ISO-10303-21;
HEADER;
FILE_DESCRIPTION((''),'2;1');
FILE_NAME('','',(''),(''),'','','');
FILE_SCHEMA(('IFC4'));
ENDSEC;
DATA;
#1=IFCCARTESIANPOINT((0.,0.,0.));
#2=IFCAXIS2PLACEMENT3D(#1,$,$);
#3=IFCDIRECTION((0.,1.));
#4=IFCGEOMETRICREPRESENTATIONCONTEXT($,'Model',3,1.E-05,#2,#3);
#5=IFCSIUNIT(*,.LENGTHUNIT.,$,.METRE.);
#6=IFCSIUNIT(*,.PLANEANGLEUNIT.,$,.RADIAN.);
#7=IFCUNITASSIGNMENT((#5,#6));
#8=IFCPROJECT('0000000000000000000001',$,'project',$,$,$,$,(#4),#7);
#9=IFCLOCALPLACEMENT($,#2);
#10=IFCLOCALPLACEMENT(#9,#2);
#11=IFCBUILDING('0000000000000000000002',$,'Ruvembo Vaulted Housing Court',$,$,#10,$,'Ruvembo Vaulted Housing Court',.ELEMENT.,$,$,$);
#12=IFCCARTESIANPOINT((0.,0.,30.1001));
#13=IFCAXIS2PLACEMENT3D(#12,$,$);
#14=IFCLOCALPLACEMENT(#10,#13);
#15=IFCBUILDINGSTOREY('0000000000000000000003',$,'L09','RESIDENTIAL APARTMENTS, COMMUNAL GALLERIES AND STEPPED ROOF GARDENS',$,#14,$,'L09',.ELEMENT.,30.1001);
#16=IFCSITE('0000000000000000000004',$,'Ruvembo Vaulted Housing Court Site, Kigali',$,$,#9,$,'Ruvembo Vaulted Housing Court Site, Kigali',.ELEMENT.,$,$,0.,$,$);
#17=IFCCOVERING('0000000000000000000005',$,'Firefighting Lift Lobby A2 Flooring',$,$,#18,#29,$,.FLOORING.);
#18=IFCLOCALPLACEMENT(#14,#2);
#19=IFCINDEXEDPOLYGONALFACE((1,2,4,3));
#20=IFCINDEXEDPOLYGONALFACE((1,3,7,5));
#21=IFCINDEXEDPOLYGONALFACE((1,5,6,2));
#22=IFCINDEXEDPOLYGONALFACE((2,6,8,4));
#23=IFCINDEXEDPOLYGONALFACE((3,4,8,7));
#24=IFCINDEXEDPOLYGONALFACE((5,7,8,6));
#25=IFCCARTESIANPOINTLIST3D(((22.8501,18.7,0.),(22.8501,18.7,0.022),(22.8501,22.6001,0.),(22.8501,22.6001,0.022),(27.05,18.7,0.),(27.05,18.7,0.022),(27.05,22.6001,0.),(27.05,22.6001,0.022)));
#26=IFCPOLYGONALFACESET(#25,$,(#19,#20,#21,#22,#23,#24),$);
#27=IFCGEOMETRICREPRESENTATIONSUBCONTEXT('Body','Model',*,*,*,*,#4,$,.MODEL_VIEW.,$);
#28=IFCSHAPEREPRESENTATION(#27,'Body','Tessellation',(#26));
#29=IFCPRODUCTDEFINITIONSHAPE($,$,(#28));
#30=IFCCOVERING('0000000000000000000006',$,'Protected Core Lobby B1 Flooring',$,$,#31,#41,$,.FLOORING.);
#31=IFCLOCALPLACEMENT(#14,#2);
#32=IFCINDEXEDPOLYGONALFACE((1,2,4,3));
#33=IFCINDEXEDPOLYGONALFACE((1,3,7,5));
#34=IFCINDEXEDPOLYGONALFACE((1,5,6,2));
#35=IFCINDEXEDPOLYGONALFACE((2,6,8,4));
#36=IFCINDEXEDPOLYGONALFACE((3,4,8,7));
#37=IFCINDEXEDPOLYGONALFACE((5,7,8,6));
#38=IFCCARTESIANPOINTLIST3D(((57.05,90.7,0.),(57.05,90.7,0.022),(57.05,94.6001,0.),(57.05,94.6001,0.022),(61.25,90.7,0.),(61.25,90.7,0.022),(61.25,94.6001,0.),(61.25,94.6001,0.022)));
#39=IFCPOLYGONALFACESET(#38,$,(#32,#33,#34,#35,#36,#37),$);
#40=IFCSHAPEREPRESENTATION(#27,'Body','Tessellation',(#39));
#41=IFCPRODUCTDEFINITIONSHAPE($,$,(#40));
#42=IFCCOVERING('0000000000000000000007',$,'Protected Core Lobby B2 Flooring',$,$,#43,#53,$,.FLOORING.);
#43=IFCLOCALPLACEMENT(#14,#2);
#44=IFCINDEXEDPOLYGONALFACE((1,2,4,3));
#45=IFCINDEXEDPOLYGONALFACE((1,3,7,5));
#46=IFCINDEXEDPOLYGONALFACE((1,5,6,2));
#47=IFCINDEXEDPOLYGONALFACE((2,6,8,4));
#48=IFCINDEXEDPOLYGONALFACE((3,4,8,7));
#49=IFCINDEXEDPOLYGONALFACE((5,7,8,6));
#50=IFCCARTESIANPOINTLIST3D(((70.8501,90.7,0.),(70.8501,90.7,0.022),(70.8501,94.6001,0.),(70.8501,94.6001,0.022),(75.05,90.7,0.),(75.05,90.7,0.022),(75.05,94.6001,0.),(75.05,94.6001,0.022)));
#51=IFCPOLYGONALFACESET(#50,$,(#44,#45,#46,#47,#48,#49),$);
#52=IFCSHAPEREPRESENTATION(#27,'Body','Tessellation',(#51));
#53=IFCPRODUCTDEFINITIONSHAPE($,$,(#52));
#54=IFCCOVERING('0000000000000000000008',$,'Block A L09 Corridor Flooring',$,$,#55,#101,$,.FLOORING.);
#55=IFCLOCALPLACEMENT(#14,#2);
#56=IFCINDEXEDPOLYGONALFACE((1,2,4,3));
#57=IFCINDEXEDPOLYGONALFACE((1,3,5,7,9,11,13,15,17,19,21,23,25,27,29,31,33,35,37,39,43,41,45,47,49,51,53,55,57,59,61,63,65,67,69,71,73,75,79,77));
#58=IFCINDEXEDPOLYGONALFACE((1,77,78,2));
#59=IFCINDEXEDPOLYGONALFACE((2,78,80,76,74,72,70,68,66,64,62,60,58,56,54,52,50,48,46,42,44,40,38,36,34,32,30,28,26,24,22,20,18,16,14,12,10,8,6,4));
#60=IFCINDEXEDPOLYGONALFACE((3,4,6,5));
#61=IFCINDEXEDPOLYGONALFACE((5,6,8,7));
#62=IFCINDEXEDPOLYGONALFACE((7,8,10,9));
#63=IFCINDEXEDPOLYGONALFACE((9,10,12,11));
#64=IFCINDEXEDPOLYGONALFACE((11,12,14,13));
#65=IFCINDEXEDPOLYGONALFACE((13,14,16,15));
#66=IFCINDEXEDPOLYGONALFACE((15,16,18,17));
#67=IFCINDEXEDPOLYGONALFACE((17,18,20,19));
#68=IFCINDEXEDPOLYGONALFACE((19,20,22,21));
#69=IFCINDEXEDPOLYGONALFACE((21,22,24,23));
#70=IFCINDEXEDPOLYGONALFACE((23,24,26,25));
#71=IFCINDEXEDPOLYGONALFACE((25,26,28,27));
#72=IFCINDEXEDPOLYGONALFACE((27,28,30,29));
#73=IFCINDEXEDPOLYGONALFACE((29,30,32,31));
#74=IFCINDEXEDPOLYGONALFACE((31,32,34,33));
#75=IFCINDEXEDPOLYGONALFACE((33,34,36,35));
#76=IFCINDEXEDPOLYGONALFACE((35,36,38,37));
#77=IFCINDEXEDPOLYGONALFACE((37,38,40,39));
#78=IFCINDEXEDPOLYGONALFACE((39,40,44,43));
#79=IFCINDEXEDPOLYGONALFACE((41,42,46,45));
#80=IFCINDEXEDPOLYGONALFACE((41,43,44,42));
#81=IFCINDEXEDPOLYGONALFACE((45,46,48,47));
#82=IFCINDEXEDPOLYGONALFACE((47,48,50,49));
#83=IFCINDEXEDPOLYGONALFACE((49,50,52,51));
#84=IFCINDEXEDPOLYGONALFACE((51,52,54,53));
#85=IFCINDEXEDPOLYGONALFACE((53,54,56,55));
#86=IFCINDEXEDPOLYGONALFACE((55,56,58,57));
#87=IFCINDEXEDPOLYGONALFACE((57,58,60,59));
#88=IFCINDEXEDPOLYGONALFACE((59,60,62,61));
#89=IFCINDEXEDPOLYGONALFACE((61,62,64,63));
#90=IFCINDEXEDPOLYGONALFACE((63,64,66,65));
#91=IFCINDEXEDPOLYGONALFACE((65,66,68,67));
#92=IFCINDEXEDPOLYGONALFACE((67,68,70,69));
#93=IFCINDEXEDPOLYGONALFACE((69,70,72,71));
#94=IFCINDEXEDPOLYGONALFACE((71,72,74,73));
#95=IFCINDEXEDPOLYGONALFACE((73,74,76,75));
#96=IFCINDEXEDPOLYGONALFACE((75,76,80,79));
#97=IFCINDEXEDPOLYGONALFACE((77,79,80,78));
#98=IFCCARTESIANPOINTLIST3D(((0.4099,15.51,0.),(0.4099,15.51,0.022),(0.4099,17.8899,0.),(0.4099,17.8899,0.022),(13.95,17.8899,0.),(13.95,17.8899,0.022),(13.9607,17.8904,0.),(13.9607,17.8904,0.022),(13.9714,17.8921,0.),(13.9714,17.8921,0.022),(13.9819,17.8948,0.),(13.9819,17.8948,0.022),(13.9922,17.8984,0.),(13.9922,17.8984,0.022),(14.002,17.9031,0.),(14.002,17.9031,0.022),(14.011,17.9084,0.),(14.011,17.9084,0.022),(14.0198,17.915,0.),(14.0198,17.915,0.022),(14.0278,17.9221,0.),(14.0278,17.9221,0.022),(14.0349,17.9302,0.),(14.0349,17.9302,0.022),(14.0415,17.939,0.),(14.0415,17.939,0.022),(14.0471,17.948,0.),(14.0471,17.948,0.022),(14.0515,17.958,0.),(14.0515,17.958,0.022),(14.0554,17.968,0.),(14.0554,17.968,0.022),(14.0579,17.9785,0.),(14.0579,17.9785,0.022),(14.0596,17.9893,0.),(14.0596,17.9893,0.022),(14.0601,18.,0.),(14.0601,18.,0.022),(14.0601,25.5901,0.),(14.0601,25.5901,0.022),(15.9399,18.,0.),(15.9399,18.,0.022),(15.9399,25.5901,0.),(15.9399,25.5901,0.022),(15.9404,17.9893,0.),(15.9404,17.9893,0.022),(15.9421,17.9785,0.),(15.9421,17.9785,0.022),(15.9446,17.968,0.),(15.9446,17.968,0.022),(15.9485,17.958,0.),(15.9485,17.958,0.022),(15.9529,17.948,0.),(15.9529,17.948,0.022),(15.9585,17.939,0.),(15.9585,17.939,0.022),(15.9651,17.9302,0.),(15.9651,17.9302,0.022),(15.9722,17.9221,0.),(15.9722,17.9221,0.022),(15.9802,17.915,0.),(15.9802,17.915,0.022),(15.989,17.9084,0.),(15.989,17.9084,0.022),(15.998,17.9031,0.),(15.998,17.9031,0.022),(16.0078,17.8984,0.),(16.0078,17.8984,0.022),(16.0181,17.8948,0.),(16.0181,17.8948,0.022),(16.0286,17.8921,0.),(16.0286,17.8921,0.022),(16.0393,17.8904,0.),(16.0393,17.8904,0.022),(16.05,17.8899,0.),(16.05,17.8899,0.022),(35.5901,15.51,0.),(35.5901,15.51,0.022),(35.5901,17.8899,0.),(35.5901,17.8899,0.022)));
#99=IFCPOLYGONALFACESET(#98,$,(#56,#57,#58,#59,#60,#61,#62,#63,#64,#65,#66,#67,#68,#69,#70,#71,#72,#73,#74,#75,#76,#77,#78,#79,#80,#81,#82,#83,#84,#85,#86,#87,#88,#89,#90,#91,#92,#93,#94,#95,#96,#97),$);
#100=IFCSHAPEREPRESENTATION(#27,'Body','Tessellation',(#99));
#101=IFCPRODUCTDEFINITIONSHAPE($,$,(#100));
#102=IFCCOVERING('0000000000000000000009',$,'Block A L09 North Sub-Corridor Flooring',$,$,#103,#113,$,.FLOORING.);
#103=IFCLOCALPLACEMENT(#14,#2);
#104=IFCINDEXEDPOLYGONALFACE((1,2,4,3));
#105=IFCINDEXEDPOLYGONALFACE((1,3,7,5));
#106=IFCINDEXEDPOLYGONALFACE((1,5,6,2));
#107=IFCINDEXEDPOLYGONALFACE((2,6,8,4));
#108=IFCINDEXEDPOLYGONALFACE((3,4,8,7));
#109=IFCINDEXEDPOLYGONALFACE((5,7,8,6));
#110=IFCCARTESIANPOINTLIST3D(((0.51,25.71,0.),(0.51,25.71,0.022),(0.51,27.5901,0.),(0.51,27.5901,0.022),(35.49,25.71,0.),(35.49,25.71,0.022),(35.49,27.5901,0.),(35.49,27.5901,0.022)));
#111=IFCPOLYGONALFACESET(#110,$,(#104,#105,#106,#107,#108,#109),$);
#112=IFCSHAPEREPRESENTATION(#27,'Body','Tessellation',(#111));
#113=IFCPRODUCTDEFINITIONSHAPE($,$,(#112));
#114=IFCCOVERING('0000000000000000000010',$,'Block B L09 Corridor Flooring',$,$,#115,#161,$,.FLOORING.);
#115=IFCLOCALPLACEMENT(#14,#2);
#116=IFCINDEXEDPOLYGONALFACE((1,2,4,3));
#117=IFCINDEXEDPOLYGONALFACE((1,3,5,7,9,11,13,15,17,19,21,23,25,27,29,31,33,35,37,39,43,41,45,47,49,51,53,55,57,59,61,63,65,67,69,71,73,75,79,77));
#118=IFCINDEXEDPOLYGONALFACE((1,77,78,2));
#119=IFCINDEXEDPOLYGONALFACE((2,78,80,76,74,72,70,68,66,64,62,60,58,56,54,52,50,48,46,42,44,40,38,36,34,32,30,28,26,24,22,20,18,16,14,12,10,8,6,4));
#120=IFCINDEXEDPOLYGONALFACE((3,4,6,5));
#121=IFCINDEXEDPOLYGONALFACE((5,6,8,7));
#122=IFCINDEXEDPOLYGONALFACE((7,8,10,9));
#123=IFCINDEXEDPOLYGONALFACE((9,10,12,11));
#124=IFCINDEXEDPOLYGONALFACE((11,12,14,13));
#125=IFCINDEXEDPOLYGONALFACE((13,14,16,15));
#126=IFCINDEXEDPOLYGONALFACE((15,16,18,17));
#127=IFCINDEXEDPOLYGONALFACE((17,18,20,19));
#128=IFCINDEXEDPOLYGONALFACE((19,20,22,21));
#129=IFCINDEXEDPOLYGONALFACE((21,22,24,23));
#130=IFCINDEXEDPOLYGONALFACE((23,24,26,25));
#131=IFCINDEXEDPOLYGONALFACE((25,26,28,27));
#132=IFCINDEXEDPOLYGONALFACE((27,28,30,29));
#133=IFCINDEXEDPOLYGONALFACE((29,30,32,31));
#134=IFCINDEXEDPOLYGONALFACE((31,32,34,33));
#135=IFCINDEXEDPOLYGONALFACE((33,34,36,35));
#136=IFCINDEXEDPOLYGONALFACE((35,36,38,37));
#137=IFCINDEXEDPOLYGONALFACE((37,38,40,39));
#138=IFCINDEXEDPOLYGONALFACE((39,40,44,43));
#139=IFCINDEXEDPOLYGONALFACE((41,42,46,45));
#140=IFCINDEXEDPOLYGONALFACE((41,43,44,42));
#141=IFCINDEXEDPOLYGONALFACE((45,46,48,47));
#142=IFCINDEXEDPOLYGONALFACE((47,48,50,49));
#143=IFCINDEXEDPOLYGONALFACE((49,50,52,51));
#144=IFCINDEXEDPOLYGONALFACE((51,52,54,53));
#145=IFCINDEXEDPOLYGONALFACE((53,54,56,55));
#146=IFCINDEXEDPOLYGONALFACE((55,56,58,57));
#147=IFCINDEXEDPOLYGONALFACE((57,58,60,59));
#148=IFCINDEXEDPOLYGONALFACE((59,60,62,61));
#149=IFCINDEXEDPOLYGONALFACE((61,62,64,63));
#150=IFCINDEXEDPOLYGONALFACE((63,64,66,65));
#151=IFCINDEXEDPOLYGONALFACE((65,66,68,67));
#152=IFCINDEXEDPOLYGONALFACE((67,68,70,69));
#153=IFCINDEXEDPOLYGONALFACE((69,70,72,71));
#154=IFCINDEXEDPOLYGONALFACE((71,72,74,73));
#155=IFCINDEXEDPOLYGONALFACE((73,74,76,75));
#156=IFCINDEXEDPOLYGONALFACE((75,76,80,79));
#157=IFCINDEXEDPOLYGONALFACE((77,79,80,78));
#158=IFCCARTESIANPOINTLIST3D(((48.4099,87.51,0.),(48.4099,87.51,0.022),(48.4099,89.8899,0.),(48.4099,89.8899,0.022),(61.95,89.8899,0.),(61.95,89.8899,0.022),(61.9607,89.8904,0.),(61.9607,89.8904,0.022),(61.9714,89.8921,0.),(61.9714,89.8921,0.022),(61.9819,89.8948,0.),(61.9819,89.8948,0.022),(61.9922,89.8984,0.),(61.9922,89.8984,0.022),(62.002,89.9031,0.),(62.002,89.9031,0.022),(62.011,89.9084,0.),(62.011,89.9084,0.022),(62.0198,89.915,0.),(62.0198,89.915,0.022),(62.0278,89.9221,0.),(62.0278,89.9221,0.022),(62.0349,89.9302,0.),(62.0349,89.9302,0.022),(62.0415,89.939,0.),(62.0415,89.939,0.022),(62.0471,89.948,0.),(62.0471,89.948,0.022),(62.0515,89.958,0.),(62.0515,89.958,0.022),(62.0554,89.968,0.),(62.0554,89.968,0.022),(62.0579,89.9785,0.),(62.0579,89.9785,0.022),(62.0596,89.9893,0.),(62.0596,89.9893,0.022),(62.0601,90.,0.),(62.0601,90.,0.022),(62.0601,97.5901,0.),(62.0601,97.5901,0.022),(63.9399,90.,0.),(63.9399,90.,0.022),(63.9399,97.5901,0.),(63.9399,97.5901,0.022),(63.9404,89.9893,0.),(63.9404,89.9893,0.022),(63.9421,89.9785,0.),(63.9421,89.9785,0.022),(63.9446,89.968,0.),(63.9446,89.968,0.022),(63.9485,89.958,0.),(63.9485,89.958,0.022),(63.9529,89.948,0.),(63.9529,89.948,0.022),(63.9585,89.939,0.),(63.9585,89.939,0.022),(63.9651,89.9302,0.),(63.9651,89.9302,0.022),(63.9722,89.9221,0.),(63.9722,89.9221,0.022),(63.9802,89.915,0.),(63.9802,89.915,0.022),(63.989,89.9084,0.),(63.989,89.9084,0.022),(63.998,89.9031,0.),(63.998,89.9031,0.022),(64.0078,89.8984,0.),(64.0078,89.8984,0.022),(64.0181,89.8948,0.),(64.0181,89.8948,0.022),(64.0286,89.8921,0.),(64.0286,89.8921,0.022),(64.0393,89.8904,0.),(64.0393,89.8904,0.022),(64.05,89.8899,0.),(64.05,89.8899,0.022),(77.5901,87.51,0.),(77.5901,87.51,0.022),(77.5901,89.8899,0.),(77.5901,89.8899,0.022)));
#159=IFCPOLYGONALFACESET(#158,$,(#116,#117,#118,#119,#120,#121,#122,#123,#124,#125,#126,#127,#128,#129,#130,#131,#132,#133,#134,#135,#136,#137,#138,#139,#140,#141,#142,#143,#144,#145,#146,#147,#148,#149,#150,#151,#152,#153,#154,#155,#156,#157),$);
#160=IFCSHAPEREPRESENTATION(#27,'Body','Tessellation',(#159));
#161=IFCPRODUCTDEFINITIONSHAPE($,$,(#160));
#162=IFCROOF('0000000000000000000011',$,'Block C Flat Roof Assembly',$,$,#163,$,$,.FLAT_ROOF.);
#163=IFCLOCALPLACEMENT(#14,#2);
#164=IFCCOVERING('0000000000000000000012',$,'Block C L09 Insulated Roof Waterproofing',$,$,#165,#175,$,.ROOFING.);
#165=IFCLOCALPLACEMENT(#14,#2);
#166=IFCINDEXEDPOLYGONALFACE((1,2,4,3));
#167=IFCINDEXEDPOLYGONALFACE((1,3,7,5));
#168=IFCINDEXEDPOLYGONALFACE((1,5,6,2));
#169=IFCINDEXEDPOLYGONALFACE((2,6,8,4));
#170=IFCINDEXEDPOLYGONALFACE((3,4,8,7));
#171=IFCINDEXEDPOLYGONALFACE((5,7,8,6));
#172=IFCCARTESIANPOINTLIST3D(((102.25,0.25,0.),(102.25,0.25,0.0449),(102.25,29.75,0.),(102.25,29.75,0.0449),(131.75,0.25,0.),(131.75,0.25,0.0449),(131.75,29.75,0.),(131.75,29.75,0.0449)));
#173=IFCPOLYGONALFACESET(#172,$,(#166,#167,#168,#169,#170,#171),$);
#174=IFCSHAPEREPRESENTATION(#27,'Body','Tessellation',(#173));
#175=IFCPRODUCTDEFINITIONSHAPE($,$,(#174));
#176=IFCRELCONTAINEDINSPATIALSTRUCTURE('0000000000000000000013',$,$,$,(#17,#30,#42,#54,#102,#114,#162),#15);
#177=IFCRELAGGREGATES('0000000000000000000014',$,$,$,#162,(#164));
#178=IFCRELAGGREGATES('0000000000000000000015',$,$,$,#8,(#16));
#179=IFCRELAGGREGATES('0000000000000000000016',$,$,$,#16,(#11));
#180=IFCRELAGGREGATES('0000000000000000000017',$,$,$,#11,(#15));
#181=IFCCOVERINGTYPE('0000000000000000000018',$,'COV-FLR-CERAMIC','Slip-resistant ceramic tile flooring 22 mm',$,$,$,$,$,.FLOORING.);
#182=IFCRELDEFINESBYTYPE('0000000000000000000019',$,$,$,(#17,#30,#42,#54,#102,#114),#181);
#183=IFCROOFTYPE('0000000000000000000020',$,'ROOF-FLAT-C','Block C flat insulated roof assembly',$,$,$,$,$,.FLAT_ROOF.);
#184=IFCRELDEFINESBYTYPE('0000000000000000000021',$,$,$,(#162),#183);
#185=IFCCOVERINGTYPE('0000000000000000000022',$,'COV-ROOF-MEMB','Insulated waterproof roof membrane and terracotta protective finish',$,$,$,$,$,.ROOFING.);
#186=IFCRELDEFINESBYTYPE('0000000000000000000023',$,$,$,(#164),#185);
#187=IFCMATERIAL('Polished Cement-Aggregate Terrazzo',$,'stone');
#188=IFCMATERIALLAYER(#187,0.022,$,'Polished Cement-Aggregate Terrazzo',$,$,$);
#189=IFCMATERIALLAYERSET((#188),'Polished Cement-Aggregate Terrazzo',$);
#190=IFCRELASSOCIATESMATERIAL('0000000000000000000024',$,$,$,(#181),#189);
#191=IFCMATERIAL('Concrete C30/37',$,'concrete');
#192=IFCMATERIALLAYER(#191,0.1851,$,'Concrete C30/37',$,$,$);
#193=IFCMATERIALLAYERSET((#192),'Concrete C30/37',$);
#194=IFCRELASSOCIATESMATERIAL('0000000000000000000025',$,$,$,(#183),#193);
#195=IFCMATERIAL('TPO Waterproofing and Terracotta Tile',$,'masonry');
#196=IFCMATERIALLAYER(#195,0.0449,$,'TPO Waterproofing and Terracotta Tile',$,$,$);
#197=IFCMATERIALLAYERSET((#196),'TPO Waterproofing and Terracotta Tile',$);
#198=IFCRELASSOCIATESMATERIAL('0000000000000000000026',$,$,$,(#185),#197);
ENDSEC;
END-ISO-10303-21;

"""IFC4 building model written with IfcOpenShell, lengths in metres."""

from ifc_helpers import new_model, si_unit, direction, frame, origin, place, context, subcontext, project, spatial, polyline, outline, extrude, material, layer, layer_set, type_object, element, aggregate, save


model = new_model("IFC4")

# Units and contexts
model_context = context("Model", 3, precision=1e-05, world=origin(), true_north=direction((0.0, 1.0)))
body_context = subcontext(model_context, "Body", "Model", "MODEL_VIEW")
ifc_project = project(units=[si_unit("LENGTHUNIT", "METRE"), si_unit("PLANEANGLEUNIT", "RADIAN")], contexts=[model_context])

# Site, building, storey
site_placement = place(None, origin())
site = spatial("IfcSite", under=ifc_project, at=site_placement, Name="Ruvembo Vaulted Housing Court Site, Kigali", LongName="Ruvembo Vaulted Housing Court Site, Kigali", CompositionType="ELEMENT", RefElevation=0.0)
building_placement = place(site_placement, origin())
building = spatial("IfcBuilding", under=site, at=building_placement, Name="Ruvembo Vaulted Housing Court", LongName="Ruvembo Vaulted Housing Court", CompositionType="ELEMENT")
storey_placement = place(building_placement, frame((0.0, 0.0, 30.1001)))
storey = spatial("IfcBuildingStorey", under=building, at=storey_placement, Name="L09", Description="RESIDENTIAL APARTMENTS, COMMUNAL GALLERIES AND STEPPED ROOF GARDENS", LongName="L09", CompositionType="ELEMENT", Elevation=30.1001)

# Shared definitions
ifc_material_1 = material(Name="Concrete C30/37", Category="concrete")

# Coverings
ifc_material_2 = material(Name="Polished Cement-Aggregate Terrazzo", Category="stone")
ifc_layer_1 = layer(ifc_material_2, 0.022, Name="Polished Cement-Aggregate Terrazzo")
ifc_layer_set_1 = layer_set([ifc_layer_1], Name="Polished Cement-Aggregate Terrazzo")
covering_type_1 = type_object("IfcCoveringType", Name="COV-FLR-CERAMIC", Description="Slip-resistant ceramic tile flooring 22 mm", PredefinedType="FLOORING", material=ifc_layer_set_1)
covering_1_placement = place(storey_placement, origin())
element("IfcCovering", 1, at=covering_1_placement, inside=storey, type_object=covering_type_1, Name="Firefighting Lift Lobby A2 Flooring", PredefinedType="FLOORING", context=body_context, shape_type="SweptSolid", body=[
    extrude(outline(polyline([(27.05, 22.6001), (22.8501, 22.6001), (22.8501, 18.7), (27.05, 18.7), (27.05, 22.6001)])), origin(), (0.0, 0.0, 1.0), 0.022),
])
covering_2_placement = place(storey_placement, origin())
element("IfcCovering", 2, at=covering_2_placement, inside=storey, type_object=covering_type_1, Name="Protected Core Lobby B1 Flooring", PredefinedType="FLOORING", context=body_context, shape_type="SweptSolid", body=[
    extrude(outline(polyline([(61.25, 94.6001), (57.05, 94.6001), (57.05, 90.7), (61.25, 90.7), (61.25, 94.6001)])), origin(), (0.0, 0.0, 1.0), 0.022),
])
covering_3_placement = place(storey_placement, origin())
element("IfcCovering", 3, at=covering_3_placement, inside=storey, type_object=covering_type_1, Name="Protected Core Lobby B2 Flooring", PredefinedType="FLOORING", context=body_context, shape_type="SweptSolid", body=[
    extrude(outline(polyline([(75.05, 94.6001), (70.8501, 94.6001), (70.8501, 90.7), (75.05, 90.7), (75.05, 94.6001)])), origin(), (0.0, 0.0, 1.0), 0.022),
])
covering_4_placement = place(storey_placement, origin())
element("IfcCovering", 4, at=covering_4_placement, inside=storey, type_object=covering_type_1, Name="Block A L09 Corridor Flooring", PredefinedType="FLOORING", context=body_context, shape_type="SweptSolid", body=[
    extrude(outline(polyline([(35.5901, 15.51), (35.5901, 17.8899), (16.05, 17.8899), (16.0393, 17.8904), (16.0286, 17.8921), (16.0181, 17.8948), (16.0078, 17.8984), (15.998, 17.9031), (15.989, 17.9084), (15.9802, 17.915), (15.9722, 17.9221), (15.9651, 17.9302), (15.9585, 17.939), (15.9529, 17.948), (15.9485, 17.958), (15.9446, 17.968), (15.9421, 17.9785), (15.9404, 17.9893), (15.9399, 18.0), (15.9399, 25.5901), (14.0601, 25.5901), (14.0601, 18.0), (14.0596, 17.9893), (14.0579, 17.9785), (14.0554, 17.968), (14.0515, 17.958), (14.0471, 17.948), (14.0415, 17.939), (14.0349, 17.9302), (14.0278, 17.9221), (14.0198, 17.915), (14.011, 17.9084), (14.002, 17.9031), (13.9922, 17.8984), (13.9819, 17.8948), (13.9714, 17.8921), (13.9607, 17.8904), (13.95, 17.8899), (0.4099, 17.8899), (0.4099, 15.51), (35.5901, 15.51)])), origin(), (0.0, 0.0, 1.0), 0.022),
])
covering_5_placement = place(storey_placement, origin())
element("IfcCovering", 5, at=covering_5_placement, inside=storey, type_object=covering_type_1, Name="Block A L09 North Sub-Corridor Flooring", PredefinedType="FLOORING", context=body_context, shape_type="SweptSolid", body=[
    extrude(outline(polyline([(0.51, 25.71), (35.49, 25.71), (35.49, 27.5901), (0.51, 27.5901), (0.51, 25.71)])), origin(), (0.0, 0.0, 1.0), 0.022),
])
covering_6_placement = place(storey_placement, origin())
element("IfcCovering", 6, at=covering_6_placement, inside=storey, type_object=covering_type_1, Name="Block B L09 Corridor Flooring", PredefinedType="FLOORING", context=body_context, shape_type="SweptSolid", body=[
    extrude(outline(polyline([(77.5901, 87.51), (77.5901, 89.8899), (64.05, 89.8899), (64.0393, 89.8904), (64.0286, 89.8921), (64.0181, 89.8948), (64.0078, 89.8984), (63.998, 89.9031), (63.989, 89.9084), (63.9802, 89.915), (63.9722, 89.9221), (63.9651, 89.9302), (63.9585, 89.939), (63.9529, 89.948), (63.9485, 89.958), (63.9446, 89.968), (63.9421, 89.9785), (63.9404, 89.9893), (63.9399, 90.0), (63.9399, 97.5901), (62.0601, 97.5901), (62.0601, 90.0), (62.0596, 89.9893), (62.0579, 89.9785), (62.0554, 89.968), (62.0515, 89.958), (62.0471, 89.948), (62.0415, 89.939), (62.0349, 89.9302), (62.0278, 89.9221), (62.0198, 89.915), (62.011, 89.9084), (62.002, 89.9031), (61.9922, 89.8984), (61.9819, 89.8948), (61.9714, 89.8921), (61.9607, 89.8904), (61.95, 89.8899), (48.4099, 89.8899), (48.4099, 87.51), (77.5901, 87.51)])), origin(), (0.0, 0.0, 1.0), 0.022),
])

# Roof, covering
ifc_layer_2 = layer(ifc_material_1, 0.1851, Name="Concrete C30/37")
ifc_layer_set_2 = layer_set([ifc_layer_2], Name="Concrete C30/37")
roof_type = type_object("IfcRoofType", Name="ROOF-FLAT-C", Description="Block C flat insulated roof assembly", PredefinedType="FLAT_ROOF", material=ifc_layer_set_2)
roof_placement = place(storey_placement, origin())
roof = element("IfcRoof", 7, at=roof_placement, inside=storey, type_object=roof_type, Name="Block C Flat Roof Assembly", PredefinedType="FLAT_ROOF")
ifc_material_3 = material(Name="TPO Waterproofing and Terracotta Tile", Category="masonry")
ifc_layer_3 = layer(ifc_material_3, 0.0449, Name="TPO Waterproofing and Terracotta Tile")
ifc_layer_set_3 = layer_set([ifc_layer_3], Name="TPO Waterproofing and Terracotta Tile")
covering_type_2 = type_object("IfcCoveringType", Name="COV-ROOF-MEMB", Description="Insulated waterproof roof membrane and terracotta protective finish", PredefinedType="ROOFING", material=ifc_layer_set_3)
covering_7_placement = place(storey_placement, origin())
covering_7 = element("IfcCovering", 8, at=covering_7_placement, type_object=covering_type_2, Name="Block C L09 Insulated Roof Waterproofing", PredefinedType="ROOFING", context=body_context, shape_type="SweptSolid", body=[
    extrude(outline(polyline([(102.25, 0.25), (131.75, 0.25), (131.75, 29.75), (102.25, 29.75), (102.25, 0.25)])), origin(), (0.0, 0.0, 1.0), 0.0449),
])
aggregate(roof, [covering_7])

save(model, "model.ifc")
